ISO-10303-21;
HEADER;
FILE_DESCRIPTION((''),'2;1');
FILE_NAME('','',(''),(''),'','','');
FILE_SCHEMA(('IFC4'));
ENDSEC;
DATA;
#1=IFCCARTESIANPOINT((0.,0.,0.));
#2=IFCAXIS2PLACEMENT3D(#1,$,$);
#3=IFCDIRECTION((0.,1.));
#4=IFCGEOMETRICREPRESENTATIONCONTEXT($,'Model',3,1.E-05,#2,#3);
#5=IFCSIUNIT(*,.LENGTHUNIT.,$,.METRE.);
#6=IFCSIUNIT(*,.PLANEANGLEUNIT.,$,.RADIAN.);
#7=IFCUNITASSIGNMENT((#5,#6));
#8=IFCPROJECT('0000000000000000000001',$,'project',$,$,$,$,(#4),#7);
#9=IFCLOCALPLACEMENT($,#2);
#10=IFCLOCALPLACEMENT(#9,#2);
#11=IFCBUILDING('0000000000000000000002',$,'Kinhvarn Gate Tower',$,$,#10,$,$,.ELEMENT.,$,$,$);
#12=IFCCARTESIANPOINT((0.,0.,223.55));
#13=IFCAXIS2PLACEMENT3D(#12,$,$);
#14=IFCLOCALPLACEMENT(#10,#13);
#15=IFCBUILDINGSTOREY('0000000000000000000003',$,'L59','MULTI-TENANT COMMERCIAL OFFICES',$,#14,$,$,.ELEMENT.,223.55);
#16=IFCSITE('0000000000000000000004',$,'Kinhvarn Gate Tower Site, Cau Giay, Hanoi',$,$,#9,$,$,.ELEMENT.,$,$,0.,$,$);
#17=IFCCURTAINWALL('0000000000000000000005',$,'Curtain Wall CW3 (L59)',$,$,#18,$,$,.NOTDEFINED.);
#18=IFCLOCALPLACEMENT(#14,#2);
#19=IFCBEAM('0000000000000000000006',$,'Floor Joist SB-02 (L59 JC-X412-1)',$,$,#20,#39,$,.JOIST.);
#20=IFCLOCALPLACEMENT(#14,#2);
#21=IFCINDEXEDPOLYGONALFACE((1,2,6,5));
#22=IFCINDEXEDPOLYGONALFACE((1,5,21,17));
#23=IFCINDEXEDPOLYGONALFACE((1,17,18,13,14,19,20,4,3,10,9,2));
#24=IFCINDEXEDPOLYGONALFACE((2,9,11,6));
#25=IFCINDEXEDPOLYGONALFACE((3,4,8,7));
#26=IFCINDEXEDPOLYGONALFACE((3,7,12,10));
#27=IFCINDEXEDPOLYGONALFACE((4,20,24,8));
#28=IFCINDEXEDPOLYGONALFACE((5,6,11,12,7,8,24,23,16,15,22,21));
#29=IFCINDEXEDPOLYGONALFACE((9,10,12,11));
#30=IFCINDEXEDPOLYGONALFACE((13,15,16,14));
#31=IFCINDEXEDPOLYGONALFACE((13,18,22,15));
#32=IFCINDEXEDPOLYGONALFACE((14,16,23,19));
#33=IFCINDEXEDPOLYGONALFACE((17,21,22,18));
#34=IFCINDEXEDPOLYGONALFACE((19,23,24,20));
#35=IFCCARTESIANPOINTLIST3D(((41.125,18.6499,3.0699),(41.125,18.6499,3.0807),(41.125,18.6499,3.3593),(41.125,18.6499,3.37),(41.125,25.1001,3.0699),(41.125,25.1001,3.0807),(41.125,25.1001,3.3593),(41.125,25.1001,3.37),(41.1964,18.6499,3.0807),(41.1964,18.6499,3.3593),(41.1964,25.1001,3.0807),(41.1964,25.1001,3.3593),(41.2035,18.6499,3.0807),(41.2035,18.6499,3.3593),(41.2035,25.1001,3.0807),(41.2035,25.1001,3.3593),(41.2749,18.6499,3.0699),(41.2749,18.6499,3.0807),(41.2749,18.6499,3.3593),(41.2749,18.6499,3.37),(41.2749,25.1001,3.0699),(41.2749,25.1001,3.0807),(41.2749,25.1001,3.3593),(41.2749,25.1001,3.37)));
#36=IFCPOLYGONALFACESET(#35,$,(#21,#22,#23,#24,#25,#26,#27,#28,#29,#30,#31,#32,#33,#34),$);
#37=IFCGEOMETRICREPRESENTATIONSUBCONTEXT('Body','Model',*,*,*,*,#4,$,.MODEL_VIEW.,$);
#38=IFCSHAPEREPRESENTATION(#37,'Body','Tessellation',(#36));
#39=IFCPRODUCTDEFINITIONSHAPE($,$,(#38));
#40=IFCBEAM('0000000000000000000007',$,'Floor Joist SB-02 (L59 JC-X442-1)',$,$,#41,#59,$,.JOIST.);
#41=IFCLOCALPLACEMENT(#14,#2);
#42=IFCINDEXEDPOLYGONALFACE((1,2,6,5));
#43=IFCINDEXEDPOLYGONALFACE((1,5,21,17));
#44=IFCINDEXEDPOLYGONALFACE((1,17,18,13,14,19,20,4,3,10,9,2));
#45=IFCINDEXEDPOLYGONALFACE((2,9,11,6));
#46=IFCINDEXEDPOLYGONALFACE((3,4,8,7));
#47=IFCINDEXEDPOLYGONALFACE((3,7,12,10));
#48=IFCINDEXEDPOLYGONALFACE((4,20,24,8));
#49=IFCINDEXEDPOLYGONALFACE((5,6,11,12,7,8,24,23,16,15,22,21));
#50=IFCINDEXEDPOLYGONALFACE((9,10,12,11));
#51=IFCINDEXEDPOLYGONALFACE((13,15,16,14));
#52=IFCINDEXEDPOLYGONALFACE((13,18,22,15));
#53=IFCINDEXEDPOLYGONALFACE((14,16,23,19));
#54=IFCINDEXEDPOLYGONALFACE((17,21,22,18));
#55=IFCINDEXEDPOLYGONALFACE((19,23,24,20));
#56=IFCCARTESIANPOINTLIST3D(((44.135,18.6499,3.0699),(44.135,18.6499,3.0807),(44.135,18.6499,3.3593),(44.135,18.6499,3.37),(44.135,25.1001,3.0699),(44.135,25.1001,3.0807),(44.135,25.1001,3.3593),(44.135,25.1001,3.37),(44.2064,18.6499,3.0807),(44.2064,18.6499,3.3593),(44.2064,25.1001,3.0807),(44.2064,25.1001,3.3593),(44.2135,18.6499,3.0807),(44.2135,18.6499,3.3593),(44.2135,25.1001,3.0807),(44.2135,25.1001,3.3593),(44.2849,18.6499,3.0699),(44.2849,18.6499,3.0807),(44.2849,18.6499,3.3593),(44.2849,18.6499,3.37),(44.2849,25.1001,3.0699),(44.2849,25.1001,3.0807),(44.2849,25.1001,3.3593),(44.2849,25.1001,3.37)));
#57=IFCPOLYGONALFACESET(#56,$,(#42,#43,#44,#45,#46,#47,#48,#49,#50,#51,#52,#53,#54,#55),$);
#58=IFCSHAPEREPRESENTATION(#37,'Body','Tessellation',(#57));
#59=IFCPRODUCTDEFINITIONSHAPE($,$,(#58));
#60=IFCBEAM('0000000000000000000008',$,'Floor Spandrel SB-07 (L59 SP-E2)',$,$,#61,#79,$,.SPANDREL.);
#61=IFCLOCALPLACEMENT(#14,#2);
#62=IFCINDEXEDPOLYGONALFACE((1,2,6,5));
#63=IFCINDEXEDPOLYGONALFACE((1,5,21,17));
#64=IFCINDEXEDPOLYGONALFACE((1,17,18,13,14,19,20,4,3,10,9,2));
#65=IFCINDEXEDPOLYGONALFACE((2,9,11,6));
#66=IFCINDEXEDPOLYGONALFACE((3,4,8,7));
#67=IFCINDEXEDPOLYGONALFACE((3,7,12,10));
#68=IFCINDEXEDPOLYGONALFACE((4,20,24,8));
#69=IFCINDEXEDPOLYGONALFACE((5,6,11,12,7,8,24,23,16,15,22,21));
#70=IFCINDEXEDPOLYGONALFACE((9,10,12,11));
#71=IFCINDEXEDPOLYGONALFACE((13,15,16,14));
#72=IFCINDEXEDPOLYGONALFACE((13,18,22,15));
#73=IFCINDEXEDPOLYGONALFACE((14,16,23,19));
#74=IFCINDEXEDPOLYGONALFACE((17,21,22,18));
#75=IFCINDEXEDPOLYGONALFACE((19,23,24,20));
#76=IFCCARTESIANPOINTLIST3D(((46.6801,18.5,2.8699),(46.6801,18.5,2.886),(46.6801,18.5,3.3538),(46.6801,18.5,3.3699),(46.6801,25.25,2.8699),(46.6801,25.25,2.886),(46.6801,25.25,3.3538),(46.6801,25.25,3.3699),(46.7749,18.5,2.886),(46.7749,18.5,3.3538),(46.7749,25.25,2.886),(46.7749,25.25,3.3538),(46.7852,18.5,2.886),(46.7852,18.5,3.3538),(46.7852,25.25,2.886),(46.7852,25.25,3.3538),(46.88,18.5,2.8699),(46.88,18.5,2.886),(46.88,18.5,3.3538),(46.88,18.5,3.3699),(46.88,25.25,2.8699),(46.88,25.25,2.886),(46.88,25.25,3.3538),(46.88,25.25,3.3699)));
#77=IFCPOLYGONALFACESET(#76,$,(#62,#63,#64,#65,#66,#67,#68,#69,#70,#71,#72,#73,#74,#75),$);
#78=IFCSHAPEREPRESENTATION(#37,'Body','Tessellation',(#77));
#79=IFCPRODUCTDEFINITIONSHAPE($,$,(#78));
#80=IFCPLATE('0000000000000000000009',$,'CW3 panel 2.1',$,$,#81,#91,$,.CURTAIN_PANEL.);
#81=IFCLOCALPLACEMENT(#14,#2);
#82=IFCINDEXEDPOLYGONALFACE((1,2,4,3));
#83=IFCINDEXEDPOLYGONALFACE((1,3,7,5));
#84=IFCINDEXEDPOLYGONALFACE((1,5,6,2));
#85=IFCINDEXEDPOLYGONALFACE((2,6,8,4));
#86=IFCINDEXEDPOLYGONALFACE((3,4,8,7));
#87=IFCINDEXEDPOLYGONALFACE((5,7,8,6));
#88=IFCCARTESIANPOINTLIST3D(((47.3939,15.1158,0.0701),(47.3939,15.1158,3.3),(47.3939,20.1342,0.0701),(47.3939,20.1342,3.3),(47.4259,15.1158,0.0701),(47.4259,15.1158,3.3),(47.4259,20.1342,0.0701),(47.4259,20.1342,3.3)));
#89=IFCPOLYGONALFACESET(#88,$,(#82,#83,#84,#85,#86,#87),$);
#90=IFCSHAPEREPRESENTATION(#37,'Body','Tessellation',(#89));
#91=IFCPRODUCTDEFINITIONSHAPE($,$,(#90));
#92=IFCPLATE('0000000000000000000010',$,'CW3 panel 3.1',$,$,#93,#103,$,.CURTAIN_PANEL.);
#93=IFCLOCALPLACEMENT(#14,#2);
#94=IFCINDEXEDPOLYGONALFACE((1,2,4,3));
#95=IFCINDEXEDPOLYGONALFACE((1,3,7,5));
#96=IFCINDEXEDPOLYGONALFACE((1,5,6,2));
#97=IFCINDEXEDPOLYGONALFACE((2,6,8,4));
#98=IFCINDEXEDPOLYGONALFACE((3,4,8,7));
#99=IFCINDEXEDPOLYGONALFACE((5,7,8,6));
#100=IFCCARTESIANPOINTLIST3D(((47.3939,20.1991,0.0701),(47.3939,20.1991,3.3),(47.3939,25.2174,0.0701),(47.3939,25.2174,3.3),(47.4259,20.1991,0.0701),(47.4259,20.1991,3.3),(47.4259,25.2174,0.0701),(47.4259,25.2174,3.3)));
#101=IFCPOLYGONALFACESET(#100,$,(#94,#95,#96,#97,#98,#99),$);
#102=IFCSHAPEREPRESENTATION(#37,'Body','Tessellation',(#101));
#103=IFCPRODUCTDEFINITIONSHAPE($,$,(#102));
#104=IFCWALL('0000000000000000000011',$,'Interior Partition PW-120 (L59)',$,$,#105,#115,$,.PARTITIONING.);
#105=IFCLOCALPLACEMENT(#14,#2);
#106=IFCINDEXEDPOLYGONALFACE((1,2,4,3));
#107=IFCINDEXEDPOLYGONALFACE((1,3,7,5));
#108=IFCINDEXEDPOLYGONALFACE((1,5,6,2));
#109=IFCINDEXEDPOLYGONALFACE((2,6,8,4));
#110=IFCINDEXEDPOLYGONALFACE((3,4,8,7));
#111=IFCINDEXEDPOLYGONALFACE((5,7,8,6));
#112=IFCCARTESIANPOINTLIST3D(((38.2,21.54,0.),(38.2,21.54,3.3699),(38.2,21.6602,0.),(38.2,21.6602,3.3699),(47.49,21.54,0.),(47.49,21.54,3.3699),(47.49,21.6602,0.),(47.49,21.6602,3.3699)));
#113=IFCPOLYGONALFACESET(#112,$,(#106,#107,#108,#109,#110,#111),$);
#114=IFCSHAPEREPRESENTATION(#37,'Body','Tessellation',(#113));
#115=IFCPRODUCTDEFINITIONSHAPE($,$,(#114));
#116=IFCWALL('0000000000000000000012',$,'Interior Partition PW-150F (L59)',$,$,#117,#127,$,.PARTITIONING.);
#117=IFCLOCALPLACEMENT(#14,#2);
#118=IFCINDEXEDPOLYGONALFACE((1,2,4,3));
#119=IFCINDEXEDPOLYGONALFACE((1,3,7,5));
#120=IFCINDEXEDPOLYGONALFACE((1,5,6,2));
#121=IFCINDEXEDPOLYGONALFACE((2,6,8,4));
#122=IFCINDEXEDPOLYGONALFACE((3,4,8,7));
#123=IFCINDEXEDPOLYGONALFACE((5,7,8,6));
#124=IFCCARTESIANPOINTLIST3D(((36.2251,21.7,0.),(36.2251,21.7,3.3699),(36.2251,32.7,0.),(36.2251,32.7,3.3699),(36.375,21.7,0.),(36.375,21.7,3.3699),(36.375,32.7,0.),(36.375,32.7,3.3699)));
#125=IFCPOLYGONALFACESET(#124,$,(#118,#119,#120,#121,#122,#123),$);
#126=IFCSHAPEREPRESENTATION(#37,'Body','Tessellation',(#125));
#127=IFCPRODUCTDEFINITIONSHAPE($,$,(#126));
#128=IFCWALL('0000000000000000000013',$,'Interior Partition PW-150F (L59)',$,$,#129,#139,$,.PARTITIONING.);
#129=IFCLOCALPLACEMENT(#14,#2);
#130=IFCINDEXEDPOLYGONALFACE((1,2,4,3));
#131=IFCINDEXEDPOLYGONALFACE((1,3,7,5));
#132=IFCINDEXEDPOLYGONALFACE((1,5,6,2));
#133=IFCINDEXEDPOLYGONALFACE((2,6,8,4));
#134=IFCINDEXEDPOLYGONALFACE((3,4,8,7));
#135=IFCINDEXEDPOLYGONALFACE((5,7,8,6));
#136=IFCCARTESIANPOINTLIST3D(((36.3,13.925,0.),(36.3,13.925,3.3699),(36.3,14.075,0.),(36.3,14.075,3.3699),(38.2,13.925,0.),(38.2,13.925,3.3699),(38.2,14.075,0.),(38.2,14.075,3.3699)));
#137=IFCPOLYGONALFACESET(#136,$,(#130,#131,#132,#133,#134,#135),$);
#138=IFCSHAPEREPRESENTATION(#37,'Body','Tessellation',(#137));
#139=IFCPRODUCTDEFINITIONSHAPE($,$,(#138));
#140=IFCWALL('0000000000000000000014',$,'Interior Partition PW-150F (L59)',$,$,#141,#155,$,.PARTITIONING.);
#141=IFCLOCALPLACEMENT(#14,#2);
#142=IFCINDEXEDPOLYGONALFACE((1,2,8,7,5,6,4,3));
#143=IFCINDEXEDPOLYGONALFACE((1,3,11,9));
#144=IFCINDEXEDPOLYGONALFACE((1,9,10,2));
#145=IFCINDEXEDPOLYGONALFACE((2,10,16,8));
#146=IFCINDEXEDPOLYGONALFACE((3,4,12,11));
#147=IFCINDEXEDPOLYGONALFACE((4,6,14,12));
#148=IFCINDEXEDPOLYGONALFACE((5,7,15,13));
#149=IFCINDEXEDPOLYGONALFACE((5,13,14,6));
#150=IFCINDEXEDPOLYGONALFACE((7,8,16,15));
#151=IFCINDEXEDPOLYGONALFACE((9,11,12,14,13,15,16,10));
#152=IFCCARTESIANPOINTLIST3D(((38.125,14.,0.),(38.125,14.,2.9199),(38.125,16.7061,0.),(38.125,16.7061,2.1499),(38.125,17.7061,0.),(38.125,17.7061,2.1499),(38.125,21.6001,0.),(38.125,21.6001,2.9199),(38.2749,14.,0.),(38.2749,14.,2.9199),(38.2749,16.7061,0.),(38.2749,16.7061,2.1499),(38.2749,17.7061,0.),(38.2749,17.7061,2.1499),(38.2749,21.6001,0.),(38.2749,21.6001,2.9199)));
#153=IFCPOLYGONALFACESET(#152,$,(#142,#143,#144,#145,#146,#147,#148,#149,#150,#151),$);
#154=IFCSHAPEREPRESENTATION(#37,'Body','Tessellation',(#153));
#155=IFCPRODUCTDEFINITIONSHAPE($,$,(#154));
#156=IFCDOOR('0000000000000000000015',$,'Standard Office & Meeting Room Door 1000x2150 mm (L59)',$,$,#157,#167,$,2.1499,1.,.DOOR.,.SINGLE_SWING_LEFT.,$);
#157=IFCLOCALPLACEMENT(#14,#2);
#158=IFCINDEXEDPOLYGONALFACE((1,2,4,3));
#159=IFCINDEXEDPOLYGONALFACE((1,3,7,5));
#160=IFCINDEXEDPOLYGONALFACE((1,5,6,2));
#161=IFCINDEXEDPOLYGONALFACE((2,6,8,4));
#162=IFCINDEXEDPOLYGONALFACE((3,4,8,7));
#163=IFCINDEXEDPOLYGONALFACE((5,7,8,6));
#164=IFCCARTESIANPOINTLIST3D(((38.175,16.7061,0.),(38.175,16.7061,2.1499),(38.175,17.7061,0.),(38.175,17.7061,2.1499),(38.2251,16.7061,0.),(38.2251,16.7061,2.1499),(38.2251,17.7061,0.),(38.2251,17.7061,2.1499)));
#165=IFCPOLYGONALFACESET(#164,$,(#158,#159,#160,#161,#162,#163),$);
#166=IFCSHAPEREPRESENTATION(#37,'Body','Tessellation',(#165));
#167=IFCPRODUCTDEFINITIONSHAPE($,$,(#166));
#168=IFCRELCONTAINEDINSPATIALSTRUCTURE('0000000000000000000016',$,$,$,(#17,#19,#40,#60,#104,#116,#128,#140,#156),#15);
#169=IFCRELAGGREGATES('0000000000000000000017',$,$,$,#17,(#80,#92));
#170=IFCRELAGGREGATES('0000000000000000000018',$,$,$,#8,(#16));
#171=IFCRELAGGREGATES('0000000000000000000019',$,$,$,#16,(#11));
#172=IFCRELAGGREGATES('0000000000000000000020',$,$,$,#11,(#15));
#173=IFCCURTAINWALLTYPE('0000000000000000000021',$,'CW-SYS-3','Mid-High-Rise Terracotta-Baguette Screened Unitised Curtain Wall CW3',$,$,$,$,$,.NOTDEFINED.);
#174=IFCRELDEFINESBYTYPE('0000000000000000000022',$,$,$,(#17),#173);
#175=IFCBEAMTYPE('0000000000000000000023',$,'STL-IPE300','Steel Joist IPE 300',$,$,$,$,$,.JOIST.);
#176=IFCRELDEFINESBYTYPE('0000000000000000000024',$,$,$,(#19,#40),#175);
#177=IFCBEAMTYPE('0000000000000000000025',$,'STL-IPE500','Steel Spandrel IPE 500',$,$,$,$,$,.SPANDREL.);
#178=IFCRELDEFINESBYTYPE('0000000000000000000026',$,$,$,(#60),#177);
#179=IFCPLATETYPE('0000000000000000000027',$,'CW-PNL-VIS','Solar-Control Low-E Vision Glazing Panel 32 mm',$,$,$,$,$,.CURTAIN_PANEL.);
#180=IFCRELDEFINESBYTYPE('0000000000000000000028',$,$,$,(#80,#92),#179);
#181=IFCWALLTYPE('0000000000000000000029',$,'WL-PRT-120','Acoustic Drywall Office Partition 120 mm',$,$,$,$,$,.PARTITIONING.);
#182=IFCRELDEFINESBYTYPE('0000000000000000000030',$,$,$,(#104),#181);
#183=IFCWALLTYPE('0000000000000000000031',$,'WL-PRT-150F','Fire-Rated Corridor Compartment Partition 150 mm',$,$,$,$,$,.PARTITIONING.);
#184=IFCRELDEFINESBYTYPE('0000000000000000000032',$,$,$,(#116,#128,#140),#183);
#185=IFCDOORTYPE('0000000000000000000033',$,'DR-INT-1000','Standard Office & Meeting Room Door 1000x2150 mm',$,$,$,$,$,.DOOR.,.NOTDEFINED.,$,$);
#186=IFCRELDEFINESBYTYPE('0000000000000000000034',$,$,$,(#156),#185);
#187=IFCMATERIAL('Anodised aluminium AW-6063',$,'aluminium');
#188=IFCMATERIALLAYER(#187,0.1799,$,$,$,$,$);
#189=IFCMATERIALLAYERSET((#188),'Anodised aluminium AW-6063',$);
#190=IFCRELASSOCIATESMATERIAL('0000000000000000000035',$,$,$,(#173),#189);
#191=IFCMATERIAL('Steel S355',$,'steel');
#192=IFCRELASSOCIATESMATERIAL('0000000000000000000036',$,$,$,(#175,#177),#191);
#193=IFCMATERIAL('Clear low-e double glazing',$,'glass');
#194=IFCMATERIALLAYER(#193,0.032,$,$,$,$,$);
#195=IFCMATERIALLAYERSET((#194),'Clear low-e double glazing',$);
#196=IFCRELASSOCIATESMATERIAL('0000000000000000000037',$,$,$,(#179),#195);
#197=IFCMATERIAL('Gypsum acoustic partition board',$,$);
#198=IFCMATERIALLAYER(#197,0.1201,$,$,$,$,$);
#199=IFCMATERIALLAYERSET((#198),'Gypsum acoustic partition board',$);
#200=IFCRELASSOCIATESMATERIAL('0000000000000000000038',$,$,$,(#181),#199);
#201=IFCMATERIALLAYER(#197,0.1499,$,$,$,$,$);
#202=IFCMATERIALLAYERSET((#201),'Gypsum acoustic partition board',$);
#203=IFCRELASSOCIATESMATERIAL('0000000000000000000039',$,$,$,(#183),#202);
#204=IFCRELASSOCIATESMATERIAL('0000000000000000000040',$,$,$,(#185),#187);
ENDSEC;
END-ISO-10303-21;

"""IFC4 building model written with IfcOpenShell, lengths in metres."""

from ifc_helpers import new_model, si_unit, direction, frame, frame_2d, origin, origin_2d, place, context, subcontext, project, spatial, rectangle, i_section, extrude, material, layer, layer_set, material_profile, profile_set, type_object, element, fill, aggregate, save


model = new_model("IFC4")

# Units and contexts
model_context = context("Model", 3, precision=1e-05, world=origin(), true_north=direction((0.0, 1.0)))
body_context = subcontext(model_context, "Body", "Model", "MODEL_VIEW")
ifc_project = project(units=[si_unit("LENGTHUNIT", "METRE"), si_unit("PLANEANGLEUNIT", "RADIAN")], contexts=[model_context])

# Site, building, storey
site_placement = place(None, origin())
site = spatial("IfcSite", under=ifc_project, at=site_placement, Name="Kinhvarn Gate Tower Site, Cau Giay, Hanoi", CompositionType="ELEMENT", RefElevation=0.0)
building_placement = place(site_placement, origin())
building = spatial("IfcBuilding", under=site, at=building_placement, Name="Kinhvarn Gate Tower", CompositionType="ELEMENT")
storey_placement = place(building_placement, frame((0.0, 0.0, 223.55)))
storey = spatial("IfcBuildingStorey", under=building, at=storey_placement, Name="L59", Description="MULTI-TENANT COMMERCIAL OFFICES", CompositionType="ELEMENT", Elevation=223.55)

# Curtain wall
ifc_material_1 = material(Name="Anodised aluminium AW-6063", Category="aluminium")
ifc_layer_1 = layer(ifc_material_1, 0.1799)
ifc_layer_set_1 = layer_set([ifc_layer_1], Name="Anodised aluminium AW-6063")
curtain_wall_type = type_object("IfcCurtainWallType", Name="CW-SYS-3", Description="Mid-High-Rise Terracotta-Baguette Screened Unitised Curtain Wall CW3", PredefinedType="NOTDEFINED", material=ifc_layer_set_1)
curtain_wall_placement = place(storey_placement, origin())
curtain_wall = element("IfcCurtainWall", 1, at=curtain_wall_placement, inside=storey, type_object=curtain_wall_type, Name="Curtain Wall CW3 (L59)", PredefinedType="NOTDEFINED")

# Beams
ifc_material_2 = material(Name="Steel S355", Category="steel")
ifc_material_profile_1 = material_profile(ifc_material_2, i_section(OverallWidth=0.1499, OverallDepth=0.3, WebThickness=0.0071, FlangeThickness=0.0107, at=origin_2d()), Name="IPE 300")
ifc_profile_set_1 = profile_set([ifc_material_profile_1], Name="Steel S355")
beam_type_1 = type_object("IfcBeamType", Name="STL-IPE300", Description="Steel Joist IPE 300", PredefinedType="JOIST", material=ifc_profile_set_1)
for number, where, z_axis, x_axis, name in (
    (2, (41.2, 18.6499, 3.22), (0.0, 1.0, 0.0), (-1.0, 0.0, 0.0), "Floor Joist SB-02 (L59 JC-X412-1)"),
    (3, (44.21, 18.6499, 3.22), (0.0, 1.0, 0.0), (-1.0, 0.0, 0.0), "Floor Joist SB-02 (L59 JC-X442-1)"),
):
    element("IfcBeam", number, at=place(storey_placement, frame(where, z_axis=z_axis, x_axis=x_axis)), inside=storey, type_object=beam_type_1, Name=name, PredefinedType="JOIST", context=body_context, shape_type="SweptSolid", body=[
        extrude(i_section(OverallWidth=0.1499, OverallDepth=0.3, WebThickness=0.0071, FlangeThickness=0.0107, at=origin_2d()), origin(), (0.0, 0.0, 1.0), 6.4502),
    ])
ifc_material_profile_2 = material_profile(ifc_material_2, i_section(OverallWidth=0.2, OverallDepth=0.5, WebThickness=0.0103, FlangeThickness=0.0161, at=origin_2d()), Name="IPE 500")
ifc_profile_set_2 = profile_set([ifc_material_profile_2], Name="Steel S355")
beam_type_2 = type_object("IfcBeamType", Name="STL-IPE500", Description="Steel Spandrel IPE 500", PredefinedType="SPANDREL", material=ifc_profile_set_2)
beam_1_placement = place(storey_placement, frame((46.78, 18.5, 3.1199), z_axis=(0.0, 1.0, 0.0), x_axis=(-1.0, 0.0, 0.0)))
element("IfcBeam", 4, at=beam_1_placement, inside=storey, type_object=beam_type_2, Name="Floor Spandrel SB-07 (L59 SP-E2)", PredefinedType="SPANDREL", context=body_context, shape_type="SweptSolid", body=[
    extrude(i_section(OverallWidth=0.2, OverallDepth=0.5, WebThickness=0.0103, FlangeThickness=0.0161, at=origin_2d()), origin(), (0.0, 0.0, 1.0), 6.75),
])

# Plates
ifc_material_3 = material(Name="Clear low-e double glazing", Category="glass")
ifc_layer_2 = layer(ifc_material_3, 0.032)
ifc_layer_set_2 = layer_set([ifc_layer_2], Name="Clear low-e double glazing")
plate_type = type_object("IfcPlateType", Name="CW-PNL-VIS", Description="Solar-Control Low-E Vision Glazing Panel 32 mm", PredefinedType="CURTAIN_PANEL", material=ifc_layer_set_2)
plate_1_placement = place(storey_placement, frame((47.4099, 17.625, 0.0701), z_axis=(0.0, 0.0, 1.0), x_axis=(0.0, 1.0, 0.0)))
plate_1 = element("IfcPlate", 5, at=plate_1_placement, type_object=plate_type, Name="CW3 panel 2.1", PredefinedType="CURTAIN_PANEL", context=body_context, shape_type="SweptSolid", body=[
    extrude(rectangle(XDim=5.0183, YDim=0.032, at=origin_2d()), origin(), (0.0, 0.0, 1.0), 3.23),
])
plate_2_placement = place(storey_placement, frame((47.4099, 22.7083, 0.0701), z_axis=(0.0, 0.0, 1.0), x_axis=(0.0, 1.0, 0.0)))
plate_2 = element("IfcPlate", 6, at=plate_2_placement, type_object=plate_type, Name="CW3 panel 3.1", PredefinedType="CURTAIN_PANEL", context=body_context, shape_type="SweptSolid", body=[
    extrude(rectangle(XDim=5.0183, YDim=0.032, at=origin_2d()), origin(), (0.0, 0.0, 1.0), 3.23),
])
aggregate(curtain_wall, [plate_1, plate_2])

# Wall
ifc_material_4 = material(Name="Gypsum acoustic partition board")
ifc_layer_3 = layer(ifc_material_4, 0.1201)
ifc_layer_set_3 = layer_set([ifc_layer_3], Name="Gypsum acoustic partition board")
wall_type_1 = type_object("IfcWallType", Name="WL-PRT-120", Description="Acoustic Drywall Office Partition 120 mm", PredefinedType="PARTITIONING", material=ifc_layer_set_3)
wall_1_placement = place(storey_placement, frame((38.2, 21.6001, 0.0), z_axis=(0.0, 0.0, 1.0), x_axis=(1.0, 0.0, 0.0)))
element("IfcWall", 7, at=wall_1_placement, inside=storey, type_object=wall_type_1, Name="Interior Partition PW-120 (L59)", PredefinedType="PARTITIONING", context=body_context, shape_type="SweptSolid", body=[
    extrude(rectangle(XDim=9.29, YDim=0.1201, at=frame_2d((4.645, 0.0))), origin(), (0.0, 0.0, 1.0), 3.3699),
])

# Shared definitions
ifc_layer_4 = layer(ifc_material_4, 0.1499)
ifc_layer_set_4 = layer_set([ifc_layer_4], Name="Gypsum acoustic partition board")
wall_type_2 = type_object("IfcWallType", Name="WL-PRT-150F", Description="Fire-Rated Corridor Compartment Partition 150 mm", PredefinedType="PARTITIONING", material=ifc_layer_set_4)
door_type = type_object("IfcDoorType", Name="DR-INT-1000", Description="Standard Office & Meeting Room Door 1000x2150 mm", OperationType="NOTDEFINED", PredefinedType="DOOR", material=ifc_material_1)

# Walls
wall_2_placement = place(storey_placement, frame((36.3, 21.7, 0.0), z_axis=(0.0, 0.0, 1.0), x_axis=(0.0, 1.0, 0.0)))
element("IfcWall", 8, at=wall_2_placement, inside=storey, type_object=wall_type_2, Name="Interior Partition PW-150F (L59)", PredefinedType="PARTITIONING", context=body_context, shape_type="SweptSolid", body=[
    extrude(rectangle(XDim=11.0, YDim=0.1499, at=frame_2d((5.5, 0.0))), origin(), (0.0, 0.0, 1.0), 3.3699),
])
wall_3_placement = place(storey_placement, frame((36.3, 14.0, 0.0), z_axis=(0.0, 0.0, 1.0), x_axis=(1.0, 0.0, 0.0)))
element("IfcWall", 9, at=wall_3_placement, inside=storey, type_object=wall_type_2, Name="Interior Partition PW-150F (L59)", PredefinedType="PARTITIONING", context=body_context, shape_type="SweptSolid", body=[
    extrude(rectangle(XDim=1.8999, YDim=0.1499, at=frame_2d((0.95, 0.0))), origin(), (0.0, 0.0, 1.0), 3.3699),
])

# Wall, opening, door
wall_4_placement = place(storey_placement, frame((38.2, 14.0, 0.0), z_axis=(0.0, 0.0, 1.0), x_axis=(0.0, 1.0, 0.0)))
wall_4 = element("IfcWall", 10, at=wall_4_placement, inside=storey, type_object=wall_type_2, Name="Interior Partition PW-150F (L59)", PredefinedType="PARTITIONING", context=body_context, shape_type="SweptSolid", body=[
    extrude(rectangle(XDim=7.6001, YDim=0.1499, at=frame_2d((3.8, 0.0))), origin(), (0.0, 0.0, 1.0), 2.9199),
])
opening_1_placement = place(wall_4_placement, frame((2.7061, 0.0, 0.0)))
opening_1 = element("IfcOpeningElement", 11, at=opening_1_placement, cuts=wall_4, PredefinedType="OPENING", context=body_context, shape_type="SweptSolid", body=[
    extrude(rectangle(XDim=1.0, YDim=2.1499, at=frame_2d((0.5, 1.075))), frame((0.0, 0.085, 0.0), z_axis=(0.0, -1.0, 0.0), x_axis=(1.0, 0.0, 0.0)), (0.0, 0.0, 1.0), 0.1699),
])
door_1_placement = place(opening_1_placement, origin())
door_1 = element("IfcDoor", 12, at=door_1_placement, inside=storey, type_object=door_type, Name="Standard Office & Meeting Room Door 1000x2150 mm (L59)", OperationType="SINGLE_SWING_LEFT", OverallHeight=2.1499, OverallWidth=1.0, PredefinedType="DOOR", context=body_context, shape_type="SweptSolid", body=[
    extrude(rectangle(XDim=1.0, YDim=2.1499, at=frame_2d((0.5, 1.075))), frame((0.0, 0.0249, 0.0), z_axis=(0.0, -1.0, 0.0), x_axis=(1.0, 0.0, 0.0)), (0.0, 0.0, 1.0), 0.05),
])
fill(opening_1, door_1)

save(model, "model.ifc")
